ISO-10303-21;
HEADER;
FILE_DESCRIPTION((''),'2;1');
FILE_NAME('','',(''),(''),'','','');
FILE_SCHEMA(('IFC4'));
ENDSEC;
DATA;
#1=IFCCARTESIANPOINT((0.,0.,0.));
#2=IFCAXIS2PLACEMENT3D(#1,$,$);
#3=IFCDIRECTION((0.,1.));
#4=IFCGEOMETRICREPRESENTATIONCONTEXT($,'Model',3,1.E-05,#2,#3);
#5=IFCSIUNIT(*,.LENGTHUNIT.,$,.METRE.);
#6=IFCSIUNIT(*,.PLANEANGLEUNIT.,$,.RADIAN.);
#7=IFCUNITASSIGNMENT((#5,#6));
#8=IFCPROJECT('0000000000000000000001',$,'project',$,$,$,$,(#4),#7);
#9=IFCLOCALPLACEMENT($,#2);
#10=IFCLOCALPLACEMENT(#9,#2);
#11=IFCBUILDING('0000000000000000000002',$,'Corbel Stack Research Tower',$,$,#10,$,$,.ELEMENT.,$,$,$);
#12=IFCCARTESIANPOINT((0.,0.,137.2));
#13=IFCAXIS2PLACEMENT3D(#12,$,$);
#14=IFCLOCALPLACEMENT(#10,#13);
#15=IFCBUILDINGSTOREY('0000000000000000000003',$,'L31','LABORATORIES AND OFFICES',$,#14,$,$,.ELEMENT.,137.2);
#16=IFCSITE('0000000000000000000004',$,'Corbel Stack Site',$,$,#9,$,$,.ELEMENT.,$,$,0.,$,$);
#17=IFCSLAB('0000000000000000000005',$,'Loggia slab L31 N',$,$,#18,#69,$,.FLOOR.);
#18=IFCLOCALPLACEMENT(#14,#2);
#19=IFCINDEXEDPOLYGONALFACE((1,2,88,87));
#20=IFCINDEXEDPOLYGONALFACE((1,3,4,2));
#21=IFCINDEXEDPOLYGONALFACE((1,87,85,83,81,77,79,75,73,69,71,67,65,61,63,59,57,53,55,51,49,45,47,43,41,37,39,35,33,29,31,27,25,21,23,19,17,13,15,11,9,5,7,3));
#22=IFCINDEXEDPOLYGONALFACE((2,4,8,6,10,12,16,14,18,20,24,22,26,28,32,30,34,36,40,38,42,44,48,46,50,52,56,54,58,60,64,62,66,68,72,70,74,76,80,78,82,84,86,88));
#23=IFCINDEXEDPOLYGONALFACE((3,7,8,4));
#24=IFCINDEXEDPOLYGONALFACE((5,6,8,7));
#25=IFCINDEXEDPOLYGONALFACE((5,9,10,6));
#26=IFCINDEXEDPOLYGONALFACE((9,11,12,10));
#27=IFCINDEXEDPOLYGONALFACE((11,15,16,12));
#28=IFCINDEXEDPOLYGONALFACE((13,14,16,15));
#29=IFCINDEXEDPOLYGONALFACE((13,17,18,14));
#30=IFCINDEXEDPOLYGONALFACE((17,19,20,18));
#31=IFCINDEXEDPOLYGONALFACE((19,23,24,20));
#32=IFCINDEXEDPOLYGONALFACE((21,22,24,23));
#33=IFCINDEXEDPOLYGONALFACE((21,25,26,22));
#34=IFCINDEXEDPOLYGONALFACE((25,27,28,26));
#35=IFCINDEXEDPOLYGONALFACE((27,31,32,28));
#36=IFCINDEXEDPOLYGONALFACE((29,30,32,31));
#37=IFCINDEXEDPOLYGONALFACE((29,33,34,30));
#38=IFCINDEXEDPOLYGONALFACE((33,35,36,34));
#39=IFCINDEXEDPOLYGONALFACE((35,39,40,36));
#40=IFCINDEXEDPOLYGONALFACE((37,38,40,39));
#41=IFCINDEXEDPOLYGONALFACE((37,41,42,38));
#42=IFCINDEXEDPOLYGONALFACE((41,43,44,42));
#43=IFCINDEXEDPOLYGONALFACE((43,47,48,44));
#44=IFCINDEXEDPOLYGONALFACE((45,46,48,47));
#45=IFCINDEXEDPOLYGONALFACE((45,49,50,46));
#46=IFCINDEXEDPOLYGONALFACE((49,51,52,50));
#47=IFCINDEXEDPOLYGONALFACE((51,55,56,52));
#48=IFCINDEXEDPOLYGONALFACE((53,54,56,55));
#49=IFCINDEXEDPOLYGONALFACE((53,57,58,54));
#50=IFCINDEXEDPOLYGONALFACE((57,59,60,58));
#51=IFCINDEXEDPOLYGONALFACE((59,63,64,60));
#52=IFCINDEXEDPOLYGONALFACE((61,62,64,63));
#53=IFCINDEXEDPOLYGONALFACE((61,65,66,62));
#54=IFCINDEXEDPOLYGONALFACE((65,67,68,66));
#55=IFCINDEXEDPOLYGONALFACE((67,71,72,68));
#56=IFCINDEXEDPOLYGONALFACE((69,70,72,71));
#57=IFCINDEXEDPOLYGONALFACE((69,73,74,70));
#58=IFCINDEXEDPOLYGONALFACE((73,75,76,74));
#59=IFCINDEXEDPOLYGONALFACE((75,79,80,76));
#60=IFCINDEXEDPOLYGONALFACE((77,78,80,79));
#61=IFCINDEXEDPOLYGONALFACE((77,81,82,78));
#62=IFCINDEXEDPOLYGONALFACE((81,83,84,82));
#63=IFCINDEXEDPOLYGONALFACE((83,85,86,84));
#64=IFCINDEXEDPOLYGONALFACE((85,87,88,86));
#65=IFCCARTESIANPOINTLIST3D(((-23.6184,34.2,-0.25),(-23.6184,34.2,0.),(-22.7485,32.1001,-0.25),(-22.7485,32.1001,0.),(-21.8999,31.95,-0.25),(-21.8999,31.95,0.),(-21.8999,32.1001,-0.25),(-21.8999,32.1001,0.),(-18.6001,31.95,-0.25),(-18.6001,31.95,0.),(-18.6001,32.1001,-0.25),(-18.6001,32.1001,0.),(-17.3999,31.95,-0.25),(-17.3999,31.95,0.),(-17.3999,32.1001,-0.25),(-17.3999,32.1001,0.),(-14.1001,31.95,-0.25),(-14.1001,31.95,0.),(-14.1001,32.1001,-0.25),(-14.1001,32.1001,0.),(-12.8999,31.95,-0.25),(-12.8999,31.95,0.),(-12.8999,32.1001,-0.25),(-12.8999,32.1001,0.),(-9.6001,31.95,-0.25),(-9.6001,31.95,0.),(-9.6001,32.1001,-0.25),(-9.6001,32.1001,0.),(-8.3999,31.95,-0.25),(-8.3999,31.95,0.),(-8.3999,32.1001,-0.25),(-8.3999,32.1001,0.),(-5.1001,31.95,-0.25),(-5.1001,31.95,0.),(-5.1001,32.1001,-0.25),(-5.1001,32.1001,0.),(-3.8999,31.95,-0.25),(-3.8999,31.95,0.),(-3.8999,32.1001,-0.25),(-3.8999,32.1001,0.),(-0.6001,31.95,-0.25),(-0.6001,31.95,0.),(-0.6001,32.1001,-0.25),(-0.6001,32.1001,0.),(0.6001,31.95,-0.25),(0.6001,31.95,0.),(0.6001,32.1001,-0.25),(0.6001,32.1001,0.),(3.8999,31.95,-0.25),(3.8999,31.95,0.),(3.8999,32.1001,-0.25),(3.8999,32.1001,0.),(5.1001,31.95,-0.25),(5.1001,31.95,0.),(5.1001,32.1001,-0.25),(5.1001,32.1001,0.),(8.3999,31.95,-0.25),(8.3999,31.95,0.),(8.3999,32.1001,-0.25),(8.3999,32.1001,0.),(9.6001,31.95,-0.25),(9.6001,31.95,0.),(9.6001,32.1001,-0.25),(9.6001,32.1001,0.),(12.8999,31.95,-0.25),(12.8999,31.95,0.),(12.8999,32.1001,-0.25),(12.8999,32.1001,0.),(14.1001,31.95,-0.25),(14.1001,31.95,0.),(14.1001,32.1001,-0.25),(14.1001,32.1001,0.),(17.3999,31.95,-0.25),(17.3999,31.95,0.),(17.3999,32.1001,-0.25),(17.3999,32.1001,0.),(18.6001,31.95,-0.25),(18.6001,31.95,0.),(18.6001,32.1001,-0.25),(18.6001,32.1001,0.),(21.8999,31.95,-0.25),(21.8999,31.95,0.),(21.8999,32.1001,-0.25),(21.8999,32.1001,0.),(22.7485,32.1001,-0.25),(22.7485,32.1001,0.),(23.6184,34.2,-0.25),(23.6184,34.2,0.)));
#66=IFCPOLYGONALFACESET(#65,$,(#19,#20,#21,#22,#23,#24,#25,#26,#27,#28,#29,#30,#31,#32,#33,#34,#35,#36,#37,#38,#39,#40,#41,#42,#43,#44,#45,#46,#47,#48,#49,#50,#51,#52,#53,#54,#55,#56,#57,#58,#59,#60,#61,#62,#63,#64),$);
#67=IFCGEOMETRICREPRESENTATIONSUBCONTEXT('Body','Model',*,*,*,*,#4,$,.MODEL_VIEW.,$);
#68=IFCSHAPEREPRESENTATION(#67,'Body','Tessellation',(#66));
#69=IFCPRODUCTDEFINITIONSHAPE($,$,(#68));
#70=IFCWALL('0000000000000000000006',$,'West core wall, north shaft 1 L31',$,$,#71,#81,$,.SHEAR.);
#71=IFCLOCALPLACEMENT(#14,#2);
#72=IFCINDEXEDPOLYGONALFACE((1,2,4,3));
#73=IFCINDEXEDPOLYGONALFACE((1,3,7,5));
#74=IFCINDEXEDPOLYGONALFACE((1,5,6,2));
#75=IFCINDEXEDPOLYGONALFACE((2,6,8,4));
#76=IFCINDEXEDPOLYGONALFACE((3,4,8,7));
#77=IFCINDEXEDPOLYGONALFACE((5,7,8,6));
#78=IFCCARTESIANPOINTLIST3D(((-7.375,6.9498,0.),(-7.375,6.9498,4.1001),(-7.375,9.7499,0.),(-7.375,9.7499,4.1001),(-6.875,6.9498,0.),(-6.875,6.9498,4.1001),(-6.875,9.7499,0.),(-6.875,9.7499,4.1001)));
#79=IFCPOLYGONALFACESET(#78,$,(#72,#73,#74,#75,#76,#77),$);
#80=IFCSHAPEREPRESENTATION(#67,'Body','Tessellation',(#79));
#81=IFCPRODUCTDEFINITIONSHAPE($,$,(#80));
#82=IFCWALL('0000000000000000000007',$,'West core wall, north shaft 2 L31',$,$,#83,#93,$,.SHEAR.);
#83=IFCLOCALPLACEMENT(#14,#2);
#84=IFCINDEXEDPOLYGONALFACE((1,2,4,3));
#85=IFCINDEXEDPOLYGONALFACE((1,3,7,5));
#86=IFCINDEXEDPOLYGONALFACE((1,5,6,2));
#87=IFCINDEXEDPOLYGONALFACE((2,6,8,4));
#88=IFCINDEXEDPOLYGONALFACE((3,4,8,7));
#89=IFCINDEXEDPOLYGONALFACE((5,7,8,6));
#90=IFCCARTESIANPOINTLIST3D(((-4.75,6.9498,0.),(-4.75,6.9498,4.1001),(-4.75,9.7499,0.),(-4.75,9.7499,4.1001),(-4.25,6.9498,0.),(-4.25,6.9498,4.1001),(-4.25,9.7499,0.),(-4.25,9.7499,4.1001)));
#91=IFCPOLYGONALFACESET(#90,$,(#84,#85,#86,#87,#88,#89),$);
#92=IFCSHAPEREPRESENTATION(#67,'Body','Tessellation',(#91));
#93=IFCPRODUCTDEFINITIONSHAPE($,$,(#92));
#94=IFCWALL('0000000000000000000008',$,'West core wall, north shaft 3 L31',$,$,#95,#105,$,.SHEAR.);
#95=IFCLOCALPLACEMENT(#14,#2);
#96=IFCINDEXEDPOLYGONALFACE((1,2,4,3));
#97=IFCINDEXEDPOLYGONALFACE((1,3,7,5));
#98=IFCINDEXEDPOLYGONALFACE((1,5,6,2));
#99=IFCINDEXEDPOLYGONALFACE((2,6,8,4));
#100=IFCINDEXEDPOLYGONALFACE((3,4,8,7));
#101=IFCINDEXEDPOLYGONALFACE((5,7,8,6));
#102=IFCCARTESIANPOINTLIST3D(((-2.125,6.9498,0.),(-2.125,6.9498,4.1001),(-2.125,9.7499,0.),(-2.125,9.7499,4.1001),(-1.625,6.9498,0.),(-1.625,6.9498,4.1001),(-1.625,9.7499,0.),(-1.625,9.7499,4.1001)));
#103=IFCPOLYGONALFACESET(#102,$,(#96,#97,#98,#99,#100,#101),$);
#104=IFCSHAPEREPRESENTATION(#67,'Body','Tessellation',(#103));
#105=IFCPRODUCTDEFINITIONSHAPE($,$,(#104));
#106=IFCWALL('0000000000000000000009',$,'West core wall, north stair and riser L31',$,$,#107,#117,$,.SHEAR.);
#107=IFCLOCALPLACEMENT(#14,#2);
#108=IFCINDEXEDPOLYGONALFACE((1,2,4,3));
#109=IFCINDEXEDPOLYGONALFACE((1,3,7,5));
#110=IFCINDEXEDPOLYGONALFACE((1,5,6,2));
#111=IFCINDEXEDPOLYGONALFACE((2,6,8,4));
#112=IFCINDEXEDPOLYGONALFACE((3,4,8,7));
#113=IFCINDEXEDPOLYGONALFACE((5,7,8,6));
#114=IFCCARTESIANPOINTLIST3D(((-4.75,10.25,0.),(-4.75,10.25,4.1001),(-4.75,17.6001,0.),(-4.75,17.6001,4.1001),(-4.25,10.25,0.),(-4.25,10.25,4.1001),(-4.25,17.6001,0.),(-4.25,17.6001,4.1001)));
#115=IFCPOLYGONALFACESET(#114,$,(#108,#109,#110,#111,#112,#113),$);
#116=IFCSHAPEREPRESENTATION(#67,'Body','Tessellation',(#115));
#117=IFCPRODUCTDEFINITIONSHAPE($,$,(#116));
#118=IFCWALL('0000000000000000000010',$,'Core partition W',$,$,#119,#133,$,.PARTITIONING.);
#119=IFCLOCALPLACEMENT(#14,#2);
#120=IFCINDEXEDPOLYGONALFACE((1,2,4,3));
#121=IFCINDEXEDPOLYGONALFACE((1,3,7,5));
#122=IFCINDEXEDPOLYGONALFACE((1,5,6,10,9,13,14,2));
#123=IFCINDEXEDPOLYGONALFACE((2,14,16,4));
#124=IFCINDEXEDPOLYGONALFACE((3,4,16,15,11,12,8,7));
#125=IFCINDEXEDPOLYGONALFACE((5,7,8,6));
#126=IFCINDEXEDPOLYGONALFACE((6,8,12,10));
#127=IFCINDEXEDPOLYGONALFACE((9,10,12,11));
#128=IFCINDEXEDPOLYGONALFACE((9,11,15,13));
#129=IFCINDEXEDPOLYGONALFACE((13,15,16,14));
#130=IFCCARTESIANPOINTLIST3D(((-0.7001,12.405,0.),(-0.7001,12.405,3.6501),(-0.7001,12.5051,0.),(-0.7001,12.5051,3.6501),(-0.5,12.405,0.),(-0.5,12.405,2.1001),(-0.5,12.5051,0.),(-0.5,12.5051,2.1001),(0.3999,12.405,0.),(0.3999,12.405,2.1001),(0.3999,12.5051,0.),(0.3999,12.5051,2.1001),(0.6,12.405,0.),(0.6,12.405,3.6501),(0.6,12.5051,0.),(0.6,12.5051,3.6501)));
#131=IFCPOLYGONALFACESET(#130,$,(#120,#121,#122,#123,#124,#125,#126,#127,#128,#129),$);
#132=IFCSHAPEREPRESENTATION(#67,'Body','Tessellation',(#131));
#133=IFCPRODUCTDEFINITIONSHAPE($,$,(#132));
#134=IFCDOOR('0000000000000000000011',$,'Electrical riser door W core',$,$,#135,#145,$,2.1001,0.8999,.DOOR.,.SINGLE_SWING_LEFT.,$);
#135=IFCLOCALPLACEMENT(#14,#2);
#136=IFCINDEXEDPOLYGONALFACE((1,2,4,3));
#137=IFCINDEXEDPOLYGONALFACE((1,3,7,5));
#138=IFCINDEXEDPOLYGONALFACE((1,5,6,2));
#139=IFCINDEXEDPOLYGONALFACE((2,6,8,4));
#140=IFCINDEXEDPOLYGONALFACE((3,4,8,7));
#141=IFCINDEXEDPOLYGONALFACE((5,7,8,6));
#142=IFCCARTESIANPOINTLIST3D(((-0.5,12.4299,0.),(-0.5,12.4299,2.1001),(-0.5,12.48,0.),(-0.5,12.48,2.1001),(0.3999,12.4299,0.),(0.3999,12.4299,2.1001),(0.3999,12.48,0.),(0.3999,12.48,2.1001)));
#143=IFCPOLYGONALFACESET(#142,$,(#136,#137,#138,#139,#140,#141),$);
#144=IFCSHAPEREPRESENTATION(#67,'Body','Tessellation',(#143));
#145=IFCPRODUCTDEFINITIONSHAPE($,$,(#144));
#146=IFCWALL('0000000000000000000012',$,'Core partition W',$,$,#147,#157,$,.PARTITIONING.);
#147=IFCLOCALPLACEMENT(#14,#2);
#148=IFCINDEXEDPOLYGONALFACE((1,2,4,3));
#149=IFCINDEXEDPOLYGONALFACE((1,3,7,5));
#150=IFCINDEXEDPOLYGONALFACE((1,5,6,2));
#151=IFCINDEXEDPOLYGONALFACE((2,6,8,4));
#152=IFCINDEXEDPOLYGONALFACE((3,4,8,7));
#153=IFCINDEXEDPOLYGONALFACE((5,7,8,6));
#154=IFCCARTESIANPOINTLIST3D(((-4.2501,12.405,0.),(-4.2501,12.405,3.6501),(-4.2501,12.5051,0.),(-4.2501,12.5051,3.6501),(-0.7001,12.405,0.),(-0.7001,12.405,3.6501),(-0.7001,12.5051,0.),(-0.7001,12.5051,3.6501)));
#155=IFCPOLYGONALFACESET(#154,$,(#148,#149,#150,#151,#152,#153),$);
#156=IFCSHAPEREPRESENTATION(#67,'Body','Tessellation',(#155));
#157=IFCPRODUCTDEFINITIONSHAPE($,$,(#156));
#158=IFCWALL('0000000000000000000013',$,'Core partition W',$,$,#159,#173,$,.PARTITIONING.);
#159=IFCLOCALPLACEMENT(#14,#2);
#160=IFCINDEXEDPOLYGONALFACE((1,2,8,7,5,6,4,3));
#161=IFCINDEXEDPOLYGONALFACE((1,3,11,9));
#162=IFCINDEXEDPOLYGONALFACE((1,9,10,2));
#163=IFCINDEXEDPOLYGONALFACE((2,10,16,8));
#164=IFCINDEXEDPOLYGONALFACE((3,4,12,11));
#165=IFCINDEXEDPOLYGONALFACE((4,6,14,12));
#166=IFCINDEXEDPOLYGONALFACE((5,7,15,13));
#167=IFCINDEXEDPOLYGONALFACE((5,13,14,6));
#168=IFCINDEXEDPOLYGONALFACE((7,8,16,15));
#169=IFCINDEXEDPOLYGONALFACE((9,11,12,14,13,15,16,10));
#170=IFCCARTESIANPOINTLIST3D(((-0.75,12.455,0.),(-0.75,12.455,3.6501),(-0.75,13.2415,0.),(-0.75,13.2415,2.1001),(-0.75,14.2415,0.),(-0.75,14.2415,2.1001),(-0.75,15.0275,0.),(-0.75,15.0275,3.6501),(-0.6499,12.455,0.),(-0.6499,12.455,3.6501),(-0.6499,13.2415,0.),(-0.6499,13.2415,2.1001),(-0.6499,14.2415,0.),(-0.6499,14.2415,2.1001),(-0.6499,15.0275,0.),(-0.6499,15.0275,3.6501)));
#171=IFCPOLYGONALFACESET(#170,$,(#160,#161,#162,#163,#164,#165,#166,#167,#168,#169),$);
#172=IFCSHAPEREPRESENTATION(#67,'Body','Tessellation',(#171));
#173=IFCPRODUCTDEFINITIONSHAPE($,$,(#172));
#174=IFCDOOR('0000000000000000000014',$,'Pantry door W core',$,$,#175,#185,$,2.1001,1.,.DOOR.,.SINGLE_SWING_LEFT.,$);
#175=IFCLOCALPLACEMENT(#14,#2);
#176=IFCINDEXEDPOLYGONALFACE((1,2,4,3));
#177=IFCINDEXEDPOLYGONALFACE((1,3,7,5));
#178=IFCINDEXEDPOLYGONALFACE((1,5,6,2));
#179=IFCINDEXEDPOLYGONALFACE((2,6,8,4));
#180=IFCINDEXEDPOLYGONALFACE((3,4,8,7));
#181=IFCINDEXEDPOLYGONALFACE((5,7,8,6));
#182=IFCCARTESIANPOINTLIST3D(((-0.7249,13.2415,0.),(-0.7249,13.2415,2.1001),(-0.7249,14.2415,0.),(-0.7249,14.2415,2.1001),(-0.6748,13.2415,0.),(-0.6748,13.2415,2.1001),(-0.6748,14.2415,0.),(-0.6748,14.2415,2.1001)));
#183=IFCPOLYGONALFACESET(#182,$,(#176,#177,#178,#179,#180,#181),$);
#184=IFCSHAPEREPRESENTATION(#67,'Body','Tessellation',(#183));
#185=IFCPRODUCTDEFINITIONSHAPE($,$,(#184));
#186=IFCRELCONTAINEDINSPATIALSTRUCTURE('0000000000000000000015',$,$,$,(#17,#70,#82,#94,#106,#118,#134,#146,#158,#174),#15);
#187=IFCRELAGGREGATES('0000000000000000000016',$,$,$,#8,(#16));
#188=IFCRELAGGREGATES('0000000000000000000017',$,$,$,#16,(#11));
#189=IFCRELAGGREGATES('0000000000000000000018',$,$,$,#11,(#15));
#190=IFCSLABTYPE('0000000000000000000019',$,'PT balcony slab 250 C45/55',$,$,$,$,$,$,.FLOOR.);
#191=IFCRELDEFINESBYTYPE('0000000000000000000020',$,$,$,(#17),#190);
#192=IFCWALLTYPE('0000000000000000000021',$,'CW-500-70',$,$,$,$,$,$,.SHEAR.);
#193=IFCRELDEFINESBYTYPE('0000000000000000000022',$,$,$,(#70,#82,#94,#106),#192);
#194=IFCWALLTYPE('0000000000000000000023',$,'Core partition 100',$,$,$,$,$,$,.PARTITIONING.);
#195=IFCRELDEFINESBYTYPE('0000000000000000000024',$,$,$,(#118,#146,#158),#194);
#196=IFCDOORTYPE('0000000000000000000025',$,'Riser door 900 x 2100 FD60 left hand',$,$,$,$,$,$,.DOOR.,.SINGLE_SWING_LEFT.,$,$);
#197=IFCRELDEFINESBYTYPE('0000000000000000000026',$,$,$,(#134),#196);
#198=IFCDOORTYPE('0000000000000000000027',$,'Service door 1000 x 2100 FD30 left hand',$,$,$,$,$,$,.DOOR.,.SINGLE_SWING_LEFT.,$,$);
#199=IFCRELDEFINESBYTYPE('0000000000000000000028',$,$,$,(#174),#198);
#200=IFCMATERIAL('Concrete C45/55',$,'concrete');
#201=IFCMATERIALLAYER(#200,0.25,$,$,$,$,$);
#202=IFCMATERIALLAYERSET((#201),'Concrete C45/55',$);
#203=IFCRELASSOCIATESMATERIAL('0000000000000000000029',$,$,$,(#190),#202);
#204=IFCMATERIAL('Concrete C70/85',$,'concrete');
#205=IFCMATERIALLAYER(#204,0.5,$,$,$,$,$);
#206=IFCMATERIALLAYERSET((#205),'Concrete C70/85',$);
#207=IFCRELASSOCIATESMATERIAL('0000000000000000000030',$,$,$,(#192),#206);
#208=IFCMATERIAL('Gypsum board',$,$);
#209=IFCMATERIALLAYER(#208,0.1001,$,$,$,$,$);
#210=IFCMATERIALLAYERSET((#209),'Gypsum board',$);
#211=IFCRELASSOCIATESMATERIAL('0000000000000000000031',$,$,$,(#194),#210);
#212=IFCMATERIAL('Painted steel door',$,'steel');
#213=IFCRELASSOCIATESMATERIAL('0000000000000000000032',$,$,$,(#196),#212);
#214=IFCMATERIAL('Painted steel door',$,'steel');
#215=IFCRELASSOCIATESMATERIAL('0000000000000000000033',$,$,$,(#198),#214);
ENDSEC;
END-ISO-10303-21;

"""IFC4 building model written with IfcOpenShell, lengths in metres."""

from ifc_helpers import new_model, si_unit, direction, frame, frame_2d, origin, place, context, subcontext, project, spatial, polyline, rectangle, outline, extrude, material, layer, layer_set, type_object, element, fill, save


model = new_model("IFC4")

# Units and contexts
model_context = context("Model", 3, precision=1e-05, world=origin(), true_north=direction((0.0, 1.0)))
body_context = subcontext(model_context, "Body", "Model", "MODEL_VIEW")
ifc_project = project(units=[si_unit("LENGTHUNIT", "METRE"), si_unit("PLANEANGLEUNIT", "RADIAN")], contexts=[model_context])

# Site, building, storey
site_placement = place(None, origin())
site = spatial("IfcSite", under=ifc_project, at=site_placement, Name="Corbel Stack Site", CompositionType="ELEMENT", RefElevation=0.0)
building_placement = place(site_placement, origin())
building = spatial("IfcBuilding", under=site, at=building_placement, Name="Corbel Stack Research Tower", CompositionType="ELEMENT")
storey_placement = place(building_placement, frame((0.0, 0.0, 137.2)))
storey = spatial("IfcBuildingStorey", under=building, at=storey_placement, Name="L31", Description="LABORATORIES AND OFFICES", CompositionType="ELEMENT", Elevation=137.2)

# Slab
ifc_material_1 = material(Name="Concrete C45/55", Category="concrete")
ifc_layer_1 = layer(ifc_material_1, 0.25)
ifc_layer_set_1 = layer_set([ifc_layer_1], Name="Concrete C45/55")
slab_type = type_object("IfcSlabType", Name="PT balcony slab 250 C45/55", PredefinedType="FLOOR", material=ifc_layer_set_1)
slab_1_placement = place(storey_placement, frame((0.0, 0.0, -0.25)))
element("IfcSlab", 1, at=slab_1_placement, inside=storey, type_object=slab_type, Name="Loggia slab L31 N", PredefinedType="FLOOR", context=body_context, shape_type="SweptSolid", body=[
    extrude(outline(polyline([(-22.7485, 32.1001), (-21.8999, 32.1001), (-21.8999, 31.95), (-18.6001, 31.95), (-18.6001, 32.1001), (-17.3999, 32.1001), (-17.3999, 31.95), (-14.1001, 31.95), (-14.1001, 32.1001), (-12.8999, 32.1001), (-12.8999, 31.95), (-9.6001, 31.95), (-9.6001, 32.1001), (-8.3999, 32.1001), (-8.3999, 31.95), (-5.1001, 31.95), (-5.1001, 32.1001), (-3.8999, 32.1001), (-3.8999, 31.95), (-0.6001, 31.95), (-0.6001, 32.1001), (0.6001, 32.1001), (0.6001, 31.95), (3.8999, 31.95), (3.8999, 32.1001), (5.1001, 32.1001), (5.1001, 31.95), (8.3999, 31.95), (8.3999, 32.1001), (9.6001, 32.1001), (9.6001, 31.95), (12.8999, 31.95), (12.8999, 32.1001), (14.1001, 32.1001), (14.1001, 31.95), (17.3999, 31.95), (17.3999, 32.1001), (18.6001, 32.1001), (18.6001, 31.95), (21.8999, 31.95), (21.8999, 32.1001), (22.7485, 32.1001), (23.6184, 34.2), (-23.6184, 34.2), (-22.7485, 32.1001)])), origin(), (0.0, 0.0, 1.0), 0.25),
])

# Walls
ifc_material_2 = material(Name="Concrete C70/85", Category="concrete")
ifc_layer_2 = layer(ifc_material_2, 0.5)
ifc_layer_set_2 = layer_set([ifc_layer_2], Name="Concrete C70/85")
wall_type_1 = type_object("IfcWallType", Name="CW-500-70", PredefinedType="SHEAR", material=ifc_layer_set_2)
for number, where, z_axis, x_axis, name in (
    (2, (-7.125, 6.95, 0.0), (0.0, 0.0, 1.0), (0.0, 1.0, 0.0), "West core wall, north shaft 1 L31"),
    (3, (-4.5, 6.95, 0.0), (0.0, 0.0, 1.0), (0.0, 1.0, 0.0), "West core wall, north shaft 2 L31"),
    (4, (-1.875, 6.95, 0.0), (0.0, 0.0, 1.0), (0.0, 1.0, 0.0), "West core wall, north shaft 3 L31"),
):
    element("IfcWall", number, at=place(storey_placement, frame(where, z_axis=z_axis, x_axis=x_axis)), inside=storey, type_object=wall_type_1, Name=name, PredefinedType="SHEAR", context=body_context, shape_type="SweptSolid", body=[
        extrude(rectangle(XDim=2.8, YDim=0.5, at=frame_2d((1.3999, 0.0))), origin(), (0.0, 0.0, 1.0), 4.1001),
    ])
wall_1_placement = place(storey_placement, frame((-4.5, 10.25, 0.0), z_axis=(0.0, 0.0, 1.0), x_axis=(0.0, 1.0, 0.0)))
element("IfcWall", 5, at=wall_1_placement, inside=storey, type_object=wall_type_1, Name="West core wall, north stair and riser L31", PredefinedType="SHEAR", context=body_context, shape_type="SweptSolid", body=[
    extrude(rectangle(XDim=7.3501, YDim=0.5, at=frame_2d((3.675, 0.0))), origin(), (0.0, 0.0, 1.0), 4.1001),
])

# Wall, opening, door
ifc_material_3 = material(Name="Gypsum board")
ifc_layer_3 = layer(ifc_material_3, 0.1001)
ifc_layer_set_3 = layer_set([ifc_layer_3], Name="Gypsum board")
wall_type_2 = type_object("IfcWallType", Name="Core partition 100", PredefinedType="PARTITIONING", material=ifc_layer_set_3)
wall_2_placement = place(storey_placement, frame((-0.7, 12.4551, 0.0), z_axis=(0.0, 0.0, 1.0), x_axis=(1.0, 0.0, 0.0)))
wall_2 = element("IfcWall", 6, at=wall_2_placement, inside=storey, type_object=wall_type_2, Name="Core partition W", PredefinedType="PARTITIONING", context=body_context, shape_type="SweptSolid", body=[
    extrude(rectangle(XDim=1.3, YDim=0.1001, at=frame_2d((0.6499, 0.0))), origin(), (0.0, 0.0, 1.0), 3.6501),
])
opening_1_placement = place(wall_2_placement, frame((0.2, 0.0, 0.0)))
opening_1 = element("IfcOpeningElement", 7, at=opening_1_placement, cuts=wall_2, PredefinedType="OPENING", context=body_context, shape_type="SweptSolid", body=[
    extrude(rectangle(XDim=0.8999, YDim=2.1001, at=frame_2d((0.45, 1.05))), frame((0.0, 0.0601, 0.0), z_axis=(0.0, -1.0, 0.0), x_axis=(1.0, 0.0, 0.0)), (0.0, 0.0, 1.0), 0.1201),
])
ifc_material_4 = material(Name="Painted steel door", Category="steel")
door_type_1 = type_object("IfcDoorType", Name="Riser door 900 x 2100 FD60 left hand", OperationType="SINGLE_SWING_LEFT", PredefinedType="DOOR", material=ifc_material_4)
door_1_placement = place(opening_1_placement, origin())
door_1 = element("IfcDoor", 8, at=door_1_placement, inside=storey, type_object=door_type_1, Name="Electrical riser door W core", OperationType="SINGLE_SWING_LEFT", OverallHeight=2.1001, OverallWidth=0.8999, PredefinedType="DOOR", context=body_context, shape_type="SweptSolid", body=[
    extrude(rectangle(XDim=0.8999, YDim=2.1001, at=frame_2d((0.45, 1.05))), frame((0.0, 0.0249, 0.0), z_axis=(0.0, -1.0, 0.0), x_axis=(1.0, 0.0, 0.0)), (0.0, 0.0, 1.0), 0.05),
])
fill(opening_1, door_1)

# Wall
wall_3_placement = place(storey_placement, frame((-4.25, 12.4551, 0.0), z_axis=(0.0, 0.0, 1.0), x_axis=(1.0, 0.0, 0.0)))
element("IfcWall", 9, at=wall_3_placement, inside=storey, type_object=wall_type_2, Name="Core partition W", PredefinedType="PARTITIONING", context=body_context, shape_type="SweptSolid", body=[
    extrude(rectangle(XDim=3.55, YDim=0.1001, at=frame_2d((1.7749, 0.0))), origin(), (0.0, 0.0, 1.0), 3.6501),
])

# Wall, opening, door
wall_4_placement = place(storey_placement, frame((-0.7, 12.4551, 0.0), z_axis=(0.0, 0.0, 1.0), x_axis=(0.0, 1.0, 0.0)))
wall_4 = element("IfcWall", 10, at=wall_4_placement, inside=storey, type_object=wall_type_2, Name="Core partition W", PredefinedType="PARTITIONING", context=body_context, shape_type="SweptSolid", body=[
    extrude(rectangle(XDim=2.5725, YDim=0.1001, at=frame_2d((1.2861, 0.0))), origin(), (0.0, 0.0, 1.0), 3.6501),
])
opening_2_placement = place(wall_4_placement, frame((0.7864, 0.0, 0.0)))
opening_2 = element("IfcOpeningElement", 11, at=opening_2_placement, cuts=wall_4, PredefinedType="OPENING", context=body_context, shape_type="SweptSolid", body=[
    extrude(rectangle(XDim=1.0, YDim=2.1001, at=frame_2d((0.5, 1.05))), frame((0.0, 0.0601, 0.0), z_axis=(0.0, -1.0, 0.0), x_axis=(1.0, 0.0, 0.0)), (0.0, 0.0, 1.0), 0.1201),
])
ifc_material_5 = material(Name="Painted steel door", Category="steel")
door_type_2 = type_object("IfcDoorType", Name="Service door 1000 x 2100 FD30 left hand", OperationType="SINGLE_SWING_LEFT", PredefinedType="DOOR", material=ifc_material_5)
door_2_placement = place(opening_2_placement, origin())
door_2 = element("IfcDoor", 12, at=door_2_placement, inside=storey, type_object=door_type_2, Name="Pantry door W core", OperationType="SINGLE_SWING_LEFT", OverallHeight=2.1001, OverallWidth=1.0, PredefinedType="DOOR", context=body_context, shape_type="SweptSolid", body=[
    extrude(rectangle(XDim=1.0, YDim=2.1001, at=frame_2d((0.5, 1.05))), frame((0.0, 0.0249, 0.0), z_axis=(0.0, -1.0, 0.0), x_axis=(1.0, 0.0, 0.0)), (0.0, 0.0, 1.0), 0.05),
])
fill(opening_2, door_2)

save(model, "model.ifc")
